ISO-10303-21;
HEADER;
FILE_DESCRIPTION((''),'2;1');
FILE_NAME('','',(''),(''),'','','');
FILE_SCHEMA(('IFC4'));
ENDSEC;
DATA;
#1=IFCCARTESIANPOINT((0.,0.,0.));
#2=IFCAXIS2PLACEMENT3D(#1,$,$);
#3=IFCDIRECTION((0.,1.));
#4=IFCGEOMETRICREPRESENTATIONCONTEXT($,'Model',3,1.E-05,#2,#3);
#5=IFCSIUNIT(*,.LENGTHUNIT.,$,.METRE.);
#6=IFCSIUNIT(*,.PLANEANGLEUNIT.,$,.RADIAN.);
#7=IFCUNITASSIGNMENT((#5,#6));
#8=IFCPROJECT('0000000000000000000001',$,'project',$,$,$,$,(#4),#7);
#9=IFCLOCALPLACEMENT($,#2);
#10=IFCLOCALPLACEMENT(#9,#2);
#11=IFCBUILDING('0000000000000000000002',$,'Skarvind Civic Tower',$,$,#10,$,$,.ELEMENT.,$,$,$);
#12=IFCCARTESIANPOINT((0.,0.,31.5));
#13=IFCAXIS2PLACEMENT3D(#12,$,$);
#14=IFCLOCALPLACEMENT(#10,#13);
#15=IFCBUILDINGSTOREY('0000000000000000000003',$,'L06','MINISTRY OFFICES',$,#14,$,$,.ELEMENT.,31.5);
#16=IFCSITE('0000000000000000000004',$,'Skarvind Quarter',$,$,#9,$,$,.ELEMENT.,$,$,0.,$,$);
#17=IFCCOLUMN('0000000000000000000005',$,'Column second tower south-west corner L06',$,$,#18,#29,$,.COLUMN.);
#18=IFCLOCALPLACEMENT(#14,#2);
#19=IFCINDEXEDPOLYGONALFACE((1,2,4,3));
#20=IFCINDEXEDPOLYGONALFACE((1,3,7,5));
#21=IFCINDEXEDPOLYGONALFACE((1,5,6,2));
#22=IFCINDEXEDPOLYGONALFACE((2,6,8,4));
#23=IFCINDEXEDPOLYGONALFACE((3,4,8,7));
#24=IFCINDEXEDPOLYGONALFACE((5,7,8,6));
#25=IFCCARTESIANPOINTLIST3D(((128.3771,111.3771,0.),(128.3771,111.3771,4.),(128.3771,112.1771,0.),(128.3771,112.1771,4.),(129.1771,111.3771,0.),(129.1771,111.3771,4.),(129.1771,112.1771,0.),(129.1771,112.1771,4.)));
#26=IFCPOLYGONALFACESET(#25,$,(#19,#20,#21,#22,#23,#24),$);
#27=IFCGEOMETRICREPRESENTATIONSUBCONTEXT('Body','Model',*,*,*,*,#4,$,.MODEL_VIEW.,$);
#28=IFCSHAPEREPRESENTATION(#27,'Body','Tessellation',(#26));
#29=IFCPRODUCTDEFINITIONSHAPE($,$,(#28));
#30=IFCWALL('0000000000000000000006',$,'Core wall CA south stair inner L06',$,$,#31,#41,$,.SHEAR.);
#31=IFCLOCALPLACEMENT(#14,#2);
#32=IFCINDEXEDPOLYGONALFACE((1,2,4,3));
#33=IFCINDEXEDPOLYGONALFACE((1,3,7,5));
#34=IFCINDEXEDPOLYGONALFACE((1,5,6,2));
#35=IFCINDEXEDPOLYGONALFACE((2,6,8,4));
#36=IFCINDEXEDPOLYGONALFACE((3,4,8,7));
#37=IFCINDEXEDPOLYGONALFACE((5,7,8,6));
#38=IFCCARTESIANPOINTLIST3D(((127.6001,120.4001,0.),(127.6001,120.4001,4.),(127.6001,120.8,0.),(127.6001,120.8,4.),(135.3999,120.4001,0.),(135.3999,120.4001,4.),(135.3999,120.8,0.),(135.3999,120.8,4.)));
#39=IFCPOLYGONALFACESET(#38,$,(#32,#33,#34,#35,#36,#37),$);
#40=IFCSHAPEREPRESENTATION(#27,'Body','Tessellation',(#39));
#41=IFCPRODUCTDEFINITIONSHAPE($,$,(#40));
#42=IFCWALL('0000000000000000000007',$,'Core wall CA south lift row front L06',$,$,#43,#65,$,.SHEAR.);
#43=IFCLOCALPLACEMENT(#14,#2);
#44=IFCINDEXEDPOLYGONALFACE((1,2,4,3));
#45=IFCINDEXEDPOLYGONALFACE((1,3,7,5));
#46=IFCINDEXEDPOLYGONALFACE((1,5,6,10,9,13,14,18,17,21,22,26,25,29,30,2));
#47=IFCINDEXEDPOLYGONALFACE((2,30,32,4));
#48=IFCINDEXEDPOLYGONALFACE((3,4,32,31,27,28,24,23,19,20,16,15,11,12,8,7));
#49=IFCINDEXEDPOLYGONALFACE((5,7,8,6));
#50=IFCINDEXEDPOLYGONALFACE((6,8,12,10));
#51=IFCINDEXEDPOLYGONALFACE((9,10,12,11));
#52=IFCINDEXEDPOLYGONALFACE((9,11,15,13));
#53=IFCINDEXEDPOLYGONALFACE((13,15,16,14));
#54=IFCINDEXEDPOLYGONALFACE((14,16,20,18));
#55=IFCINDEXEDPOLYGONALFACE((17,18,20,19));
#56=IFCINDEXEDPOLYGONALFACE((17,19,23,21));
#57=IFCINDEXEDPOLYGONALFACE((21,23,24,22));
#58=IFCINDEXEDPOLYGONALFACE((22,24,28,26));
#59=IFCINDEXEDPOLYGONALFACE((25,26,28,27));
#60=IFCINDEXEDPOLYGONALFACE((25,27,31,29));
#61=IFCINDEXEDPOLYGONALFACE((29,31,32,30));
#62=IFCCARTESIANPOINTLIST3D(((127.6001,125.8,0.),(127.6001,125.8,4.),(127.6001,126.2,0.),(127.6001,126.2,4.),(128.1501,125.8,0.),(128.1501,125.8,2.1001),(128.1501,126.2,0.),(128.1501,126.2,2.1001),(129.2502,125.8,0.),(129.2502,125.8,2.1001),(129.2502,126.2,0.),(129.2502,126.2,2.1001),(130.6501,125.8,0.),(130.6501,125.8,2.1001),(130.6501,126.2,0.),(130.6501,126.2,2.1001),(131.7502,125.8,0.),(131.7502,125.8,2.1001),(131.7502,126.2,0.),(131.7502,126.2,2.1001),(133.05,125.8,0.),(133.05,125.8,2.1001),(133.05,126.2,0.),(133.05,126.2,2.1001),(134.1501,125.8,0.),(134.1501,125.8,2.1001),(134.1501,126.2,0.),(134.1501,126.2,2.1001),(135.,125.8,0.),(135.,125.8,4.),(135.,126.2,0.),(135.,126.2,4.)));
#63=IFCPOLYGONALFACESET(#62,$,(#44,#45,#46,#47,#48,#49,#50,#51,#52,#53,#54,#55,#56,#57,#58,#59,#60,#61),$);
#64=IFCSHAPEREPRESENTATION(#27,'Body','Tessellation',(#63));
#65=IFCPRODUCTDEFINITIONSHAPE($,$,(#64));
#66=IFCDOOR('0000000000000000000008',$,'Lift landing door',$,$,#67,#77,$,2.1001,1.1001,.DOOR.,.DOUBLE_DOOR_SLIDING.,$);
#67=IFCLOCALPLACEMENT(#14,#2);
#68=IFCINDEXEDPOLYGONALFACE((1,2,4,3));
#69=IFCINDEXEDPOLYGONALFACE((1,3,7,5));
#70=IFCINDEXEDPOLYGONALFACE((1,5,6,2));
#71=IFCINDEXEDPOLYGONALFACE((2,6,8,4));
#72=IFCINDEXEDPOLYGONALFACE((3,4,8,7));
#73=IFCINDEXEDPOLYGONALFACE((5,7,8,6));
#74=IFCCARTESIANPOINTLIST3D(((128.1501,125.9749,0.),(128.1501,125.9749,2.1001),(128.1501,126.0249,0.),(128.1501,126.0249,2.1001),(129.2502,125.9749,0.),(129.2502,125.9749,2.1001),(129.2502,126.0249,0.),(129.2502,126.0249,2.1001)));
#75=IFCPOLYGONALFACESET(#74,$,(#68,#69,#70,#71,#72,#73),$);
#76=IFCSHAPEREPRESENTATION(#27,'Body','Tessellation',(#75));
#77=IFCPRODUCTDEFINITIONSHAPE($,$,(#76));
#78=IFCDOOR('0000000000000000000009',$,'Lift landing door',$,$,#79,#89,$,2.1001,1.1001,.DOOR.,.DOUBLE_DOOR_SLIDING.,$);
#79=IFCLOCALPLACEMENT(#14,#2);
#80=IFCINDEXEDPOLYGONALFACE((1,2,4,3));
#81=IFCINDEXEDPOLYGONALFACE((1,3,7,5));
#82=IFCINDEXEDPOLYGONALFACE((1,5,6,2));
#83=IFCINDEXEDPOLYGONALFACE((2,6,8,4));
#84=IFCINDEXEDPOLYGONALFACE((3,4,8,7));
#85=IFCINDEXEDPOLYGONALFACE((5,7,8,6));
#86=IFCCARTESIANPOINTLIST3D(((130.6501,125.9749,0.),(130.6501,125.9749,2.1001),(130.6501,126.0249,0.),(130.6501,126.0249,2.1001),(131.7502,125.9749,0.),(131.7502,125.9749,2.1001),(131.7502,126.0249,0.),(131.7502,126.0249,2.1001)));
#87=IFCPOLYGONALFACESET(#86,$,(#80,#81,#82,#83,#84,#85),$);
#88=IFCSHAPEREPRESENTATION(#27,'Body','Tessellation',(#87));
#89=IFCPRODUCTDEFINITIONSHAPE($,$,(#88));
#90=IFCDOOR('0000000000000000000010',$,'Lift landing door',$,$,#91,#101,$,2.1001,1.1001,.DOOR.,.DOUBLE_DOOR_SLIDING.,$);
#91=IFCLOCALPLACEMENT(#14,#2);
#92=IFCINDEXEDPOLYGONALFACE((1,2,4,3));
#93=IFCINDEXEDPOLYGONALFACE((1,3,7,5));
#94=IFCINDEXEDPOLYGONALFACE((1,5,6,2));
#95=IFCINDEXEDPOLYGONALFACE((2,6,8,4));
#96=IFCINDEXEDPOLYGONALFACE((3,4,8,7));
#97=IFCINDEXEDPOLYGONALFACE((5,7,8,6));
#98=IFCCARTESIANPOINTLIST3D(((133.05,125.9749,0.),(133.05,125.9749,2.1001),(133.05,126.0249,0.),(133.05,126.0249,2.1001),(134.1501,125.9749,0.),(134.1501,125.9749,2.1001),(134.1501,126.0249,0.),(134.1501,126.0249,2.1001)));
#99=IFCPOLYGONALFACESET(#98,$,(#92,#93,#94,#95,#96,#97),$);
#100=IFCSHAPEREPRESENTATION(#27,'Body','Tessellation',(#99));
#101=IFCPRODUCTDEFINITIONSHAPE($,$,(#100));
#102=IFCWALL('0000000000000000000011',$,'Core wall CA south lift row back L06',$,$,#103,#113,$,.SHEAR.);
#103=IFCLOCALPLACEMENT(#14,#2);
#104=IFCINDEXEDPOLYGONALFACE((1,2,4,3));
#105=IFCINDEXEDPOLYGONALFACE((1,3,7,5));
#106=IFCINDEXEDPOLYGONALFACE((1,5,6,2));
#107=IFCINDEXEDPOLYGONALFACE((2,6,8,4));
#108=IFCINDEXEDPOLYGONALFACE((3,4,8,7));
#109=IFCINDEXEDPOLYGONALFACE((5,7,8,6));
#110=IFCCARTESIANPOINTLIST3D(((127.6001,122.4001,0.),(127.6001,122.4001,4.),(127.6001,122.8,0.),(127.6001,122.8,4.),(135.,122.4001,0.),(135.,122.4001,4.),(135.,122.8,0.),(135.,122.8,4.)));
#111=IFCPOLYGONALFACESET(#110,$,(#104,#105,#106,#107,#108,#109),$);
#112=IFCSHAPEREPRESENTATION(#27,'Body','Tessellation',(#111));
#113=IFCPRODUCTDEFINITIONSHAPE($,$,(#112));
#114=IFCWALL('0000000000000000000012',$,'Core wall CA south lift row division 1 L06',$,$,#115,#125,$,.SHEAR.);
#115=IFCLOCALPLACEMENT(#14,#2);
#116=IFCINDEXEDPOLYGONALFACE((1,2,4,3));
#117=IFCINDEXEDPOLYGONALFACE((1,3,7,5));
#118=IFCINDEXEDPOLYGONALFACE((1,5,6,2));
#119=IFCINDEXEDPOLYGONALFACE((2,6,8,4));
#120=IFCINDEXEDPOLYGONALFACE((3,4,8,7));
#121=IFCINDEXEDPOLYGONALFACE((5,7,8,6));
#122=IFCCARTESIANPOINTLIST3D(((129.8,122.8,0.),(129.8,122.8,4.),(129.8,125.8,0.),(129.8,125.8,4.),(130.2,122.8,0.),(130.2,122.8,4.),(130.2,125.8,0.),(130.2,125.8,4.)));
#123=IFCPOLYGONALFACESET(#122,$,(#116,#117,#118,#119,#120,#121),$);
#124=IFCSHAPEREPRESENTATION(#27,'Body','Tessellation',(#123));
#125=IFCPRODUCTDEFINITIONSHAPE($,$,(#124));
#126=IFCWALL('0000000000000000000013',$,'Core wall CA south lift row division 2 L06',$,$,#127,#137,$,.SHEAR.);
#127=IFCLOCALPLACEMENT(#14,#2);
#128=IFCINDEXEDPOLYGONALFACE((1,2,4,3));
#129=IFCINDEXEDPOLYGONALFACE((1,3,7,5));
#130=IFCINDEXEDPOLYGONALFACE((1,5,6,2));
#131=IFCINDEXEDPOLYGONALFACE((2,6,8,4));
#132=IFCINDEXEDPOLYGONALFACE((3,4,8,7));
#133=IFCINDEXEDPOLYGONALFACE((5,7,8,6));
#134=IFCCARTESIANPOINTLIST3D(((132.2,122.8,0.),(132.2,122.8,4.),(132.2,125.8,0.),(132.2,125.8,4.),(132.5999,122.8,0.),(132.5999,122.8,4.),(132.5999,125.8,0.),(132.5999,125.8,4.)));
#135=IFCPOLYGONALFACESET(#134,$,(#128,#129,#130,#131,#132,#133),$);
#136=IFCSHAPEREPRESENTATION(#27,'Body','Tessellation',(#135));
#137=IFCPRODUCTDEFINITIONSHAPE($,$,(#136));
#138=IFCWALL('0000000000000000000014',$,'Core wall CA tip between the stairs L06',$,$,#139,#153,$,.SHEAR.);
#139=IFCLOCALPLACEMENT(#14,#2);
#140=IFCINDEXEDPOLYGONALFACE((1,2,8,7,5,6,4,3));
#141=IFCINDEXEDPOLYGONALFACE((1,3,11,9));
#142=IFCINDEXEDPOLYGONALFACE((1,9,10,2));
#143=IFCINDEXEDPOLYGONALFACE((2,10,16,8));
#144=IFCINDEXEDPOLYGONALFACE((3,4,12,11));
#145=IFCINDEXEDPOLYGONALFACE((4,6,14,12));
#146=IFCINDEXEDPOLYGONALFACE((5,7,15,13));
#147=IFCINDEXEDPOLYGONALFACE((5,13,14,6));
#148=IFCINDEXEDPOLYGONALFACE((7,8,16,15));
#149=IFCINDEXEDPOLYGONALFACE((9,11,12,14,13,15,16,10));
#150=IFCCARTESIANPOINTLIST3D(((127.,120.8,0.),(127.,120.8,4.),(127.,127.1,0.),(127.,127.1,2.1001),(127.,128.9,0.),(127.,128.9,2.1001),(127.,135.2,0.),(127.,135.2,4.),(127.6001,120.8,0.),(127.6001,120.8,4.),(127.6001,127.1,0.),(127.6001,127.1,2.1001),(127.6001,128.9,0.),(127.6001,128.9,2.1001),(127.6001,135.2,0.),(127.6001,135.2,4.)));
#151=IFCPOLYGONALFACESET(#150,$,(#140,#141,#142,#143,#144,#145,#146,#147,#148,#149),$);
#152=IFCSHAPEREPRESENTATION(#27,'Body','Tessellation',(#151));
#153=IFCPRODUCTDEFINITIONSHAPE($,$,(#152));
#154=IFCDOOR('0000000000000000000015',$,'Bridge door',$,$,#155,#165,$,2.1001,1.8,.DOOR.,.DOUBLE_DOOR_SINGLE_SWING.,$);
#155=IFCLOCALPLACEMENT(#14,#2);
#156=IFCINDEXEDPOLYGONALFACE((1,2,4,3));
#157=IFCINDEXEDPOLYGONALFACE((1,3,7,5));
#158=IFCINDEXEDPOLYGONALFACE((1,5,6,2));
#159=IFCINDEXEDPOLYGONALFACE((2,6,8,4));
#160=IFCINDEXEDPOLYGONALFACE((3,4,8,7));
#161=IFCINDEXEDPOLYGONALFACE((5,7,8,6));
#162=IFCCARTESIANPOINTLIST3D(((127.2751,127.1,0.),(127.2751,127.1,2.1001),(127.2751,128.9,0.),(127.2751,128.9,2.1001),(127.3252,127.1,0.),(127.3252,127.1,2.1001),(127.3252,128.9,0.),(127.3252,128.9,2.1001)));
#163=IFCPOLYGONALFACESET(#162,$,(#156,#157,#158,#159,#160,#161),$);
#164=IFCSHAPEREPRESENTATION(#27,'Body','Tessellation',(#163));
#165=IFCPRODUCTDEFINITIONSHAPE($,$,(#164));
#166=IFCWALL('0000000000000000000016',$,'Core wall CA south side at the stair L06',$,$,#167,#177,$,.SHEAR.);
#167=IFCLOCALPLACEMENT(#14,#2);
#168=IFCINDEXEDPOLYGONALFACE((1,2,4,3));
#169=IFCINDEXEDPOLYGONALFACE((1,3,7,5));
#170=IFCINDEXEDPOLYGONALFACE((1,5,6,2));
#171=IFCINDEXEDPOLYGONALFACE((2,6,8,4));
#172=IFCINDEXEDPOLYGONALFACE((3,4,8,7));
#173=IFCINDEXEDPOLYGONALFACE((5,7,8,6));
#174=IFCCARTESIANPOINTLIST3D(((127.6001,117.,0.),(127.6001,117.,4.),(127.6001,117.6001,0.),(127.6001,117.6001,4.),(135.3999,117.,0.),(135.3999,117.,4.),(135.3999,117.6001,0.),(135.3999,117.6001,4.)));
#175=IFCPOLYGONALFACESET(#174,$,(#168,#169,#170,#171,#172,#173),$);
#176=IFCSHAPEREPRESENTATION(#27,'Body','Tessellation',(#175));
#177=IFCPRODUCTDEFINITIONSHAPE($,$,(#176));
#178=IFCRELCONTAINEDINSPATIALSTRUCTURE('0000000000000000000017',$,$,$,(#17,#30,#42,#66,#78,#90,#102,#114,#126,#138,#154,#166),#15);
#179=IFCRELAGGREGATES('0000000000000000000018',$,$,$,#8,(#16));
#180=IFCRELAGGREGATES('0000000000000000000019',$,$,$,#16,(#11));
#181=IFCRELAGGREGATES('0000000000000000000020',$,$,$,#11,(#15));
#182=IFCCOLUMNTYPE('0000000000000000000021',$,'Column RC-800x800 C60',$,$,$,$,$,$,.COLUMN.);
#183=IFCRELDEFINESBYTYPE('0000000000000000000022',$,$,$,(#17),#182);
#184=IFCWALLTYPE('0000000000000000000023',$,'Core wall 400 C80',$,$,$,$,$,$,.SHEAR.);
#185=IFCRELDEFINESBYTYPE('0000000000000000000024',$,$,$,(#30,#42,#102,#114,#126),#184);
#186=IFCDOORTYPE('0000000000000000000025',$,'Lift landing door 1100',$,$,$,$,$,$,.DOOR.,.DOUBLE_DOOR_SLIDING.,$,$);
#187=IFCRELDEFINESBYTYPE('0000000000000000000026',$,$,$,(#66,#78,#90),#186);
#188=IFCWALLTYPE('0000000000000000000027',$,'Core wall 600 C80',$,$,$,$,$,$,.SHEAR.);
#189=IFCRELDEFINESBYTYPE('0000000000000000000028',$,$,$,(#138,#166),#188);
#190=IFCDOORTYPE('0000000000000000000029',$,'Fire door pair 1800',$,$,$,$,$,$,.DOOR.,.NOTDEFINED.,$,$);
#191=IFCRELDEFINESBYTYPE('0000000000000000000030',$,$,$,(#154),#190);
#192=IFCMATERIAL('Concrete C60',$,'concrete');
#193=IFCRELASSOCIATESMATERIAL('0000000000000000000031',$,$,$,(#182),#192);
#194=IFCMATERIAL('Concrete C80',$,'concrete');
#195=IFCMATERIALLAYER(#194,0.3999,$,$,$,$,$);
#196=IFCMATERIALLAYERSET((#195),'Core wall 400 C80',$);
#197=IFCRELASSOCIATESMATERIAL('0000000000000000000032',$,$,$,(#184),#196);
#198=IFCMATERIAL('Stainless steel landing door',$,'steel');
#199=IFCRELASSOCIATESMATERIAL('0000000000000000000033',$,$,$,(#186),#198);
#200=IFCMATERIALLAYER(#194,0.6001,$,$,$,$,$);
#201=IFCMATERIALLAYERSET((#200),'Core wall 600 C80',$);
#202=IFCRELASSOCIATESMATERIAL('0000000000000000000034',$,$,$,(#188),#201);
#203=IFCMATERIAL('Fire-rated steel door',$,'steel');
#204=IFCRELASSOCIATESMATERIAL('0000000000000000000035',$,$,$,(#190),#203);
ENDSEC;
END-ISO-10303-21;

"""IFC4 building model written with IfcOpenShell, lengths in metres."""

from ifc_helpers import new_model, si_unit, direction, frame, frame_2d, origin, origin_2d, place, context, subcontext, project, spatial, rectangle, extrude, material, layer, layer_set, material_profile, profile_set, type_object, element, fill, save


model = new_model("IFC4")

# Units and contexts
model_context = context("Model", 3, precision=1e-05, world=origin(), true_north=direction((0.0, 1.0)))
body_context = subcontext(model_context, "Body", "Model", "MODEL_VIEW")
ifc_project = project(units=[si_unit("LENGTHUNIT", "METRE"), si_unit("PLANEANGLEUNIT", "RADIAN")], contexts=[model_context])

# Site, building, storey
site_placement = place(None, origin())
site = spatial("IfcSite", under=ifc_project, at=site_placement, Name="Skarvind Quarter", CompositionType="ELEMENT", RefElevation=0.0)
building_placement = place(site_placement, origin())
building = spatial("IfcBuilding", under=site, at=building_placement, Name="Skarvind Civic Tower", CompositionType="ELEMENT")
storey_placement = place(building_placement, frame((0.0, 0.0, 31.5)))
storey = spatial("IfcBuildingStorey", under=building, at=storey_placement, Name="L06", Description="MINISTRY OFFICES", CompositionType="ELEMENT", Elevation=31.5)

# Column
ifc_material_1 = material(Name="Concrete C60", Category="concrete")
ifc_material_profile = material_profile(ifc_material_1, rectangle(XDim=0.8, YDim=0.8, at=origin_2d()), Name="RC-800x800")
ifc_profile_set = profile_set([ifc_material_profile], Name="Concrete C60")
column_type = type_object("IfcColumnType", Name="Column RC-800x800 C60", PredefinedType="COLUMN", material=ifc_profile_set)
column_placement = place(storey_placement, frame((128.7771, 111.7771, 0.0), z_axis=(0.0, 0.0, 1.0), x_axis=(1.0, 0.0, 0.0)))
element("IfcColumn", 1, at=column_placement, inside=storey, type_object=column_type, Name="Column second tower south-west corner L06", PredefinedType="COLUMN", context=body_context, shape_type="SweptSolid", body=[
    extrude(rectangle(XDim=0.8, YDim=0.8, at=origin_2d()), origin(), (0.0, 0.0, 1.0), 4.0),
])

# Wall
ifc_material_2 = material(Name="Concrete C80", Category="concrete")
ifc_layer_1 = layer(ifc_material_2, 0.3999)
ifc_layer_set_1 = layer_set([ifc_layer_1], Name="Core wall 400 C80")
wall_type_1 = type_object("IfcWallType", Name="Core wall 400 C80", PredefinedType="SHEAR", material=ifc_layer_set_1)
wall_1_placement = place(storey_placement, frame((127.6001, 120.6001, 0.0), z_axis=(0.0, 0.0, 1.0), x_axis=(1.0, 0.0, 0.0)))
element("IfcWall", 2, at=wall_1_placement, inside=storey, type_object=wall_type_1, Name="Core wall CA south stair inner L06", PredefinedType="SHEAR", context=body_context, shape_type="SweptSolid", body=[
    extrude(rectangle(XDim=7.7998, YDim=0.3999, at=frame_2d((3.8999, 0.0))), origin(), (0.0, 0.0, 1.0), 4.0),
])

# Wall, openings, doors
wall_2_placement = place(storey_placement, frame((127.6001, 126.0, 0.0), z_axis=(0.0, 0.0, 1.0), x_axis=(1.0, 0.0, 0.0)))
wall_2 = element("IfcWall", 3, at=wall_2_placement, inside=storey, type_object=wall_type_1, Name="Core wall CA south lift row front L06", PredefinedType="SHEAR", context=body_context, shape_type="SweptSolid", body=[
    extrude(rectangle(XDim=7.3999, YDim=0.3999, at=frame_2d((3.7, 0.0))), origin(), (0.0, 0.0, 1.0), 4.0),
])
opening_1_placement = place(wall_2_placement, frame((0.55, 0.0, 0.0)))
opening_1 = element("IfcOpeningElement", 4, at=opening_1_placement, cuts=wall_2, PredefinedType="OPENING", context=body_context, shape_type="SweptSolid", body=[
    extrude(rectangle(XDim=1.1001, YDim=2.1001, at=frame_2d((0.55, 1.05))), frame((0.0, 0.21, 0.0), z_axis=(0.0, -1.0, 0.0), x_axis=(1.0, 0.0, 0.0)), (0.0, 0.0, 1.0), 0.4199),
])
opening_2_placement = place(wall_2_placement, frame((3.05, 0.0, 0.0)))
opening_2 = element("IfcOpeningElement", 5, at=opening_2_placement, cuts=wall_2, PredefinedType="OPENING", context=body_context, shape_type="SweptSolid", body=[
    extrude(rectangle(XDim=1.1001, YDim=2.1001, at=frame_2d((0.55, 1.05))), frame((0.0, 0.21, 0.0), z_axis=(0.0, -1.0, 0.0), x_axis=(1.0, 0.0, 0.0)), (0.0, 0.0, 1.0), 0.4199),
])
opening_3_placement = place(wall_2_placement, frame((5.45, 0.0, 0.0)))
opening_3 = element("IfcOpeningElement", 6, at=opening_3_placement, cuts=wall_2, PredefinedType="OPENING", context=body_context, shape_type="SweptSolid", body=[
    extrude(rectangle(XDim=1.1001, YDim=2.1001, at=frame_2d((0.55, 1.05))), frame((0.0, 0.21, 0.0), z_axis=(0.0, -1.0, 0.0), x_axis=(1.0, 0.0, 0.0)), (0.0, 0.0, 1.0), 0.4199),
])
ifc_material_3 = material(Name="Stainless steel landing door", Category="steel")
door_type_1 = type_object("IfcDoorType", Name="Lift landing door 1100", OperationType="DOUBLE_DOOR_SLIDING", PredefinedType="DOOR", material=ifc_material_3)
door_1_placement = place(opening_1_placement, origin())
door_1 = element("IfcDoor", 7, at=door_1_placement, inside=storey, type_object=door_type_1, Name="Lift landing door", OperationType="DOUBLE_DOOR_SLIDING", OverallHeight=2.1001, OverallWidth=1.1001, PredefinedType="DOOR", context=body_context, shape_type="SweptSolid", body=[
    extrude(rectangle(XDim=1.1001, YDim=2.1001, at=frame_2d((0.55, 1.05))), frame((0.0, 0.0249, 0.0), z_axis=(0.0, -1.0, 0.0), x_axis=(1.0, 0.0, 0.0)), (0.0, 0.0, 1.0), 0.05),
])
fill(opening_1, door_1)
door_2_placement = place(opening_2_placement, origin())
door_2 = element("IfcDoor", 8, at=door_2_placement, inside=storey, type_object=door_type_1, Name="Lift landing door", OperationType="DOUBLE_DOOR_SLIDING", OverallHeight=2.1001, OverallWidth=1.1001, PredefinedType="DOOR", context=body_context, shape_type="SweptSolid", body=[
    extrude(rectangle(XDim=1.1001, YDim=2.1001, at=frame_2d((0.55, 1.05))), frame((0.0, 0.0249, 0.0), z_axis=(0.0, -1.0, 0.0), x_axis=(1.0, 0.0, 0.0)), (0.0, 0.0, 1.0), 0.05),
])
fill(opening_2, door_2)
door_3_placement = place(opening_3_placement, origin())
door_3 = element("IfcDoor", 9, at=door_3_placement, inside=storey, type_object=door_type_1, Name="Lift landing door", OperationType="DOUBLE_DOOR_SLIDING", OverallHeight=2.1001, OverallWidth=1.1001, PredefinedType="DOOR", context=body_context, shape_type="SweptSolid", body=[
    extrude(rectangle(XDim=1.1001, YDim=2.1001, at=frame_2d((0.55, 1.05))), frame((0.0, 0.0249, 0.0), z_axis=(0.0, -1.0, 0.0), x_axis=(1.0, 0.0, 0.0)), (0.0, 0.0, 1.0), 0.05),
])
fill(opening_3, door_3)

# Walls
wall_3_placement = place(storey_placement, frame((127.6001, 122.6001, 0.0), z_axis=(0.0, 0.0, 1.0), x_axis=(1.0, 0.0, 0.0)))
element("IfcWall", 10, at=wall_3_placement, inside=storey, type_object=wall_type_1, Name="Core wall CA south lift row back L06", PredefinedType="SHEAR", context=body_context, shape_type="SweptSolid", body=[
    extrude(rectangle(XDim=7.3999, YDim=0.3999, at=frame_2d((3.7, 0.0))), origin(), (0.0, 0.0, 1.0), 4.0),
])
for number, where, z_axis, x_axis, name in (
    (11, (130.0, 122.8, 0.0), (0.0, 0.0, 1.0), (0.0, 1.0, 0.0), "Core wall CA south lift row division 1 L06"),
    (12, (132.3999, 122.8, 0.0), (0.0, 0.0, 1.0), (0.0, 1.0, 0.0), "Core wall CA south lift row division 2 L06"),
):
    element("IfcWall", number, at=place(storey_placement, frame(where, z_axis=z_axis, x_axis=x_axis)), inside=storey, type_object=wall_type_1, Name=name, PredefinedType="SHEAR", context=body_context, shape_type="SweptSolid", body=[
        extrude(rectangle(XDim=3.0, YDim=0.3999, at=frame_2d((1.5, 0.0))), origin(), (0.0, 0.0, 1.0), 4.0),
    ])

# Wall, opening, door
ifc_layer_2 = layer(ifc_material_2, 0.6001)
ifc_layer_set_2 = layer_set([ifc_layer_2], Name="Core wall 600 C80")
wall_type_2 = type_object("IfcWallType", Name="Core wall 600 C80", PredefinedType="SHEAR", material=ifc_layer_set_2)
wall_4_placement = place(storey_placement, frame((127.3, 120.8, 0.0), z_axis=(0.0, 0.0, 1.0), x_axis=(0.0, 1.0, 0.0)))
wall_4 = element("IfcWall", 13, at=wall_4_placement, inside=storey, type_object=wall_type_2, Name="Core wall CA tip between the stairs L06", PredefinedType="SHEAR", context=body_context, shape_type="SweptSolid", body=[
    extrude(rectangle(XDim=14.3999, YDim=0.6001, at=frame_2d((7.2, 0.0))), origin(), (0.0, 0.0, 1.0), 4.0),
])
opening_4_placement = place(wall_4_placement, frame((6.3, 0.0, 0.0)))
opening_4 = element("IfcOpeningElement", 14, at=opening_4_placement, cuts=wall_4, PredefinedType="OPENING", context=body_context, shape_type="SweptSolid", body=[
    extrude(rectangle(XDim=1.8, YDim=2.1001, at=frame_2d((0.8999, 1.05))), frame((0.0, 0.3101, 0.0), z_axis=(0.0, -1.0, 0.0), x_axis=(1.0, 0.0, 0.0)), (0.0, 0.0, 1.0), 0.6201),
])
ifc_material_4 = material(Name="Fire-rated steel door", Category="steel")
door_type_2 = type_object("IfcDoorType", Name="Fire door pair 1800", OperationType="NOTDEFINED", PredefinedType="DOOR", material=ifc_material_4)
door_4_placement = place(opening_4_placement, origin())
door_4 = element("IfcDoor", 15, at=door_4_placement, inside=storey, type_object=door_type_2, Name="Bridge door", OperationType="DOUBLE_DOOR_SINGLE_SWING", OverallHeight=2.1001, OverallWidth=1.8, PredefinedType="DOOR", context=body_context, shape_type="SweptSolid", body=[
    extrude(rectangle(XDim=1.8, YDim=2.1001, at=frame_2d((0.8999, 1.05))), frame((0.0, 0.0249, 0.0), z_axis=(0.0, -1.0, 0.0), x_axis=(1.0, 0.0, 0.0)), (0.0, 0.0, 1.0), 0.05),
])
fill(opening_4, door_4)

# Wall
wall_5_placement = place(storey_placement, frame((127.6001, 117.3, 0.0), z_axis=(0.0, 0.0, 1.0), x_axis=(1.0, 0.0, 0.0)))
element("IfcWall", 16, at=wall_5_placement, inside=storey, type_object=wall_type_2, Name="Core wall CA south side at the stair L06", PredefinedType="SHEAR", context=body_context, shape_type="SweptSolid", body=[
    extrude(rectangle(XDim=7.7998, YDim=0.6001, at=frame_2d((3.8999, 0.0))), origin(), (0.0, 0.0, 1.0), 4.0),
])

save(model, "model.ifc")
